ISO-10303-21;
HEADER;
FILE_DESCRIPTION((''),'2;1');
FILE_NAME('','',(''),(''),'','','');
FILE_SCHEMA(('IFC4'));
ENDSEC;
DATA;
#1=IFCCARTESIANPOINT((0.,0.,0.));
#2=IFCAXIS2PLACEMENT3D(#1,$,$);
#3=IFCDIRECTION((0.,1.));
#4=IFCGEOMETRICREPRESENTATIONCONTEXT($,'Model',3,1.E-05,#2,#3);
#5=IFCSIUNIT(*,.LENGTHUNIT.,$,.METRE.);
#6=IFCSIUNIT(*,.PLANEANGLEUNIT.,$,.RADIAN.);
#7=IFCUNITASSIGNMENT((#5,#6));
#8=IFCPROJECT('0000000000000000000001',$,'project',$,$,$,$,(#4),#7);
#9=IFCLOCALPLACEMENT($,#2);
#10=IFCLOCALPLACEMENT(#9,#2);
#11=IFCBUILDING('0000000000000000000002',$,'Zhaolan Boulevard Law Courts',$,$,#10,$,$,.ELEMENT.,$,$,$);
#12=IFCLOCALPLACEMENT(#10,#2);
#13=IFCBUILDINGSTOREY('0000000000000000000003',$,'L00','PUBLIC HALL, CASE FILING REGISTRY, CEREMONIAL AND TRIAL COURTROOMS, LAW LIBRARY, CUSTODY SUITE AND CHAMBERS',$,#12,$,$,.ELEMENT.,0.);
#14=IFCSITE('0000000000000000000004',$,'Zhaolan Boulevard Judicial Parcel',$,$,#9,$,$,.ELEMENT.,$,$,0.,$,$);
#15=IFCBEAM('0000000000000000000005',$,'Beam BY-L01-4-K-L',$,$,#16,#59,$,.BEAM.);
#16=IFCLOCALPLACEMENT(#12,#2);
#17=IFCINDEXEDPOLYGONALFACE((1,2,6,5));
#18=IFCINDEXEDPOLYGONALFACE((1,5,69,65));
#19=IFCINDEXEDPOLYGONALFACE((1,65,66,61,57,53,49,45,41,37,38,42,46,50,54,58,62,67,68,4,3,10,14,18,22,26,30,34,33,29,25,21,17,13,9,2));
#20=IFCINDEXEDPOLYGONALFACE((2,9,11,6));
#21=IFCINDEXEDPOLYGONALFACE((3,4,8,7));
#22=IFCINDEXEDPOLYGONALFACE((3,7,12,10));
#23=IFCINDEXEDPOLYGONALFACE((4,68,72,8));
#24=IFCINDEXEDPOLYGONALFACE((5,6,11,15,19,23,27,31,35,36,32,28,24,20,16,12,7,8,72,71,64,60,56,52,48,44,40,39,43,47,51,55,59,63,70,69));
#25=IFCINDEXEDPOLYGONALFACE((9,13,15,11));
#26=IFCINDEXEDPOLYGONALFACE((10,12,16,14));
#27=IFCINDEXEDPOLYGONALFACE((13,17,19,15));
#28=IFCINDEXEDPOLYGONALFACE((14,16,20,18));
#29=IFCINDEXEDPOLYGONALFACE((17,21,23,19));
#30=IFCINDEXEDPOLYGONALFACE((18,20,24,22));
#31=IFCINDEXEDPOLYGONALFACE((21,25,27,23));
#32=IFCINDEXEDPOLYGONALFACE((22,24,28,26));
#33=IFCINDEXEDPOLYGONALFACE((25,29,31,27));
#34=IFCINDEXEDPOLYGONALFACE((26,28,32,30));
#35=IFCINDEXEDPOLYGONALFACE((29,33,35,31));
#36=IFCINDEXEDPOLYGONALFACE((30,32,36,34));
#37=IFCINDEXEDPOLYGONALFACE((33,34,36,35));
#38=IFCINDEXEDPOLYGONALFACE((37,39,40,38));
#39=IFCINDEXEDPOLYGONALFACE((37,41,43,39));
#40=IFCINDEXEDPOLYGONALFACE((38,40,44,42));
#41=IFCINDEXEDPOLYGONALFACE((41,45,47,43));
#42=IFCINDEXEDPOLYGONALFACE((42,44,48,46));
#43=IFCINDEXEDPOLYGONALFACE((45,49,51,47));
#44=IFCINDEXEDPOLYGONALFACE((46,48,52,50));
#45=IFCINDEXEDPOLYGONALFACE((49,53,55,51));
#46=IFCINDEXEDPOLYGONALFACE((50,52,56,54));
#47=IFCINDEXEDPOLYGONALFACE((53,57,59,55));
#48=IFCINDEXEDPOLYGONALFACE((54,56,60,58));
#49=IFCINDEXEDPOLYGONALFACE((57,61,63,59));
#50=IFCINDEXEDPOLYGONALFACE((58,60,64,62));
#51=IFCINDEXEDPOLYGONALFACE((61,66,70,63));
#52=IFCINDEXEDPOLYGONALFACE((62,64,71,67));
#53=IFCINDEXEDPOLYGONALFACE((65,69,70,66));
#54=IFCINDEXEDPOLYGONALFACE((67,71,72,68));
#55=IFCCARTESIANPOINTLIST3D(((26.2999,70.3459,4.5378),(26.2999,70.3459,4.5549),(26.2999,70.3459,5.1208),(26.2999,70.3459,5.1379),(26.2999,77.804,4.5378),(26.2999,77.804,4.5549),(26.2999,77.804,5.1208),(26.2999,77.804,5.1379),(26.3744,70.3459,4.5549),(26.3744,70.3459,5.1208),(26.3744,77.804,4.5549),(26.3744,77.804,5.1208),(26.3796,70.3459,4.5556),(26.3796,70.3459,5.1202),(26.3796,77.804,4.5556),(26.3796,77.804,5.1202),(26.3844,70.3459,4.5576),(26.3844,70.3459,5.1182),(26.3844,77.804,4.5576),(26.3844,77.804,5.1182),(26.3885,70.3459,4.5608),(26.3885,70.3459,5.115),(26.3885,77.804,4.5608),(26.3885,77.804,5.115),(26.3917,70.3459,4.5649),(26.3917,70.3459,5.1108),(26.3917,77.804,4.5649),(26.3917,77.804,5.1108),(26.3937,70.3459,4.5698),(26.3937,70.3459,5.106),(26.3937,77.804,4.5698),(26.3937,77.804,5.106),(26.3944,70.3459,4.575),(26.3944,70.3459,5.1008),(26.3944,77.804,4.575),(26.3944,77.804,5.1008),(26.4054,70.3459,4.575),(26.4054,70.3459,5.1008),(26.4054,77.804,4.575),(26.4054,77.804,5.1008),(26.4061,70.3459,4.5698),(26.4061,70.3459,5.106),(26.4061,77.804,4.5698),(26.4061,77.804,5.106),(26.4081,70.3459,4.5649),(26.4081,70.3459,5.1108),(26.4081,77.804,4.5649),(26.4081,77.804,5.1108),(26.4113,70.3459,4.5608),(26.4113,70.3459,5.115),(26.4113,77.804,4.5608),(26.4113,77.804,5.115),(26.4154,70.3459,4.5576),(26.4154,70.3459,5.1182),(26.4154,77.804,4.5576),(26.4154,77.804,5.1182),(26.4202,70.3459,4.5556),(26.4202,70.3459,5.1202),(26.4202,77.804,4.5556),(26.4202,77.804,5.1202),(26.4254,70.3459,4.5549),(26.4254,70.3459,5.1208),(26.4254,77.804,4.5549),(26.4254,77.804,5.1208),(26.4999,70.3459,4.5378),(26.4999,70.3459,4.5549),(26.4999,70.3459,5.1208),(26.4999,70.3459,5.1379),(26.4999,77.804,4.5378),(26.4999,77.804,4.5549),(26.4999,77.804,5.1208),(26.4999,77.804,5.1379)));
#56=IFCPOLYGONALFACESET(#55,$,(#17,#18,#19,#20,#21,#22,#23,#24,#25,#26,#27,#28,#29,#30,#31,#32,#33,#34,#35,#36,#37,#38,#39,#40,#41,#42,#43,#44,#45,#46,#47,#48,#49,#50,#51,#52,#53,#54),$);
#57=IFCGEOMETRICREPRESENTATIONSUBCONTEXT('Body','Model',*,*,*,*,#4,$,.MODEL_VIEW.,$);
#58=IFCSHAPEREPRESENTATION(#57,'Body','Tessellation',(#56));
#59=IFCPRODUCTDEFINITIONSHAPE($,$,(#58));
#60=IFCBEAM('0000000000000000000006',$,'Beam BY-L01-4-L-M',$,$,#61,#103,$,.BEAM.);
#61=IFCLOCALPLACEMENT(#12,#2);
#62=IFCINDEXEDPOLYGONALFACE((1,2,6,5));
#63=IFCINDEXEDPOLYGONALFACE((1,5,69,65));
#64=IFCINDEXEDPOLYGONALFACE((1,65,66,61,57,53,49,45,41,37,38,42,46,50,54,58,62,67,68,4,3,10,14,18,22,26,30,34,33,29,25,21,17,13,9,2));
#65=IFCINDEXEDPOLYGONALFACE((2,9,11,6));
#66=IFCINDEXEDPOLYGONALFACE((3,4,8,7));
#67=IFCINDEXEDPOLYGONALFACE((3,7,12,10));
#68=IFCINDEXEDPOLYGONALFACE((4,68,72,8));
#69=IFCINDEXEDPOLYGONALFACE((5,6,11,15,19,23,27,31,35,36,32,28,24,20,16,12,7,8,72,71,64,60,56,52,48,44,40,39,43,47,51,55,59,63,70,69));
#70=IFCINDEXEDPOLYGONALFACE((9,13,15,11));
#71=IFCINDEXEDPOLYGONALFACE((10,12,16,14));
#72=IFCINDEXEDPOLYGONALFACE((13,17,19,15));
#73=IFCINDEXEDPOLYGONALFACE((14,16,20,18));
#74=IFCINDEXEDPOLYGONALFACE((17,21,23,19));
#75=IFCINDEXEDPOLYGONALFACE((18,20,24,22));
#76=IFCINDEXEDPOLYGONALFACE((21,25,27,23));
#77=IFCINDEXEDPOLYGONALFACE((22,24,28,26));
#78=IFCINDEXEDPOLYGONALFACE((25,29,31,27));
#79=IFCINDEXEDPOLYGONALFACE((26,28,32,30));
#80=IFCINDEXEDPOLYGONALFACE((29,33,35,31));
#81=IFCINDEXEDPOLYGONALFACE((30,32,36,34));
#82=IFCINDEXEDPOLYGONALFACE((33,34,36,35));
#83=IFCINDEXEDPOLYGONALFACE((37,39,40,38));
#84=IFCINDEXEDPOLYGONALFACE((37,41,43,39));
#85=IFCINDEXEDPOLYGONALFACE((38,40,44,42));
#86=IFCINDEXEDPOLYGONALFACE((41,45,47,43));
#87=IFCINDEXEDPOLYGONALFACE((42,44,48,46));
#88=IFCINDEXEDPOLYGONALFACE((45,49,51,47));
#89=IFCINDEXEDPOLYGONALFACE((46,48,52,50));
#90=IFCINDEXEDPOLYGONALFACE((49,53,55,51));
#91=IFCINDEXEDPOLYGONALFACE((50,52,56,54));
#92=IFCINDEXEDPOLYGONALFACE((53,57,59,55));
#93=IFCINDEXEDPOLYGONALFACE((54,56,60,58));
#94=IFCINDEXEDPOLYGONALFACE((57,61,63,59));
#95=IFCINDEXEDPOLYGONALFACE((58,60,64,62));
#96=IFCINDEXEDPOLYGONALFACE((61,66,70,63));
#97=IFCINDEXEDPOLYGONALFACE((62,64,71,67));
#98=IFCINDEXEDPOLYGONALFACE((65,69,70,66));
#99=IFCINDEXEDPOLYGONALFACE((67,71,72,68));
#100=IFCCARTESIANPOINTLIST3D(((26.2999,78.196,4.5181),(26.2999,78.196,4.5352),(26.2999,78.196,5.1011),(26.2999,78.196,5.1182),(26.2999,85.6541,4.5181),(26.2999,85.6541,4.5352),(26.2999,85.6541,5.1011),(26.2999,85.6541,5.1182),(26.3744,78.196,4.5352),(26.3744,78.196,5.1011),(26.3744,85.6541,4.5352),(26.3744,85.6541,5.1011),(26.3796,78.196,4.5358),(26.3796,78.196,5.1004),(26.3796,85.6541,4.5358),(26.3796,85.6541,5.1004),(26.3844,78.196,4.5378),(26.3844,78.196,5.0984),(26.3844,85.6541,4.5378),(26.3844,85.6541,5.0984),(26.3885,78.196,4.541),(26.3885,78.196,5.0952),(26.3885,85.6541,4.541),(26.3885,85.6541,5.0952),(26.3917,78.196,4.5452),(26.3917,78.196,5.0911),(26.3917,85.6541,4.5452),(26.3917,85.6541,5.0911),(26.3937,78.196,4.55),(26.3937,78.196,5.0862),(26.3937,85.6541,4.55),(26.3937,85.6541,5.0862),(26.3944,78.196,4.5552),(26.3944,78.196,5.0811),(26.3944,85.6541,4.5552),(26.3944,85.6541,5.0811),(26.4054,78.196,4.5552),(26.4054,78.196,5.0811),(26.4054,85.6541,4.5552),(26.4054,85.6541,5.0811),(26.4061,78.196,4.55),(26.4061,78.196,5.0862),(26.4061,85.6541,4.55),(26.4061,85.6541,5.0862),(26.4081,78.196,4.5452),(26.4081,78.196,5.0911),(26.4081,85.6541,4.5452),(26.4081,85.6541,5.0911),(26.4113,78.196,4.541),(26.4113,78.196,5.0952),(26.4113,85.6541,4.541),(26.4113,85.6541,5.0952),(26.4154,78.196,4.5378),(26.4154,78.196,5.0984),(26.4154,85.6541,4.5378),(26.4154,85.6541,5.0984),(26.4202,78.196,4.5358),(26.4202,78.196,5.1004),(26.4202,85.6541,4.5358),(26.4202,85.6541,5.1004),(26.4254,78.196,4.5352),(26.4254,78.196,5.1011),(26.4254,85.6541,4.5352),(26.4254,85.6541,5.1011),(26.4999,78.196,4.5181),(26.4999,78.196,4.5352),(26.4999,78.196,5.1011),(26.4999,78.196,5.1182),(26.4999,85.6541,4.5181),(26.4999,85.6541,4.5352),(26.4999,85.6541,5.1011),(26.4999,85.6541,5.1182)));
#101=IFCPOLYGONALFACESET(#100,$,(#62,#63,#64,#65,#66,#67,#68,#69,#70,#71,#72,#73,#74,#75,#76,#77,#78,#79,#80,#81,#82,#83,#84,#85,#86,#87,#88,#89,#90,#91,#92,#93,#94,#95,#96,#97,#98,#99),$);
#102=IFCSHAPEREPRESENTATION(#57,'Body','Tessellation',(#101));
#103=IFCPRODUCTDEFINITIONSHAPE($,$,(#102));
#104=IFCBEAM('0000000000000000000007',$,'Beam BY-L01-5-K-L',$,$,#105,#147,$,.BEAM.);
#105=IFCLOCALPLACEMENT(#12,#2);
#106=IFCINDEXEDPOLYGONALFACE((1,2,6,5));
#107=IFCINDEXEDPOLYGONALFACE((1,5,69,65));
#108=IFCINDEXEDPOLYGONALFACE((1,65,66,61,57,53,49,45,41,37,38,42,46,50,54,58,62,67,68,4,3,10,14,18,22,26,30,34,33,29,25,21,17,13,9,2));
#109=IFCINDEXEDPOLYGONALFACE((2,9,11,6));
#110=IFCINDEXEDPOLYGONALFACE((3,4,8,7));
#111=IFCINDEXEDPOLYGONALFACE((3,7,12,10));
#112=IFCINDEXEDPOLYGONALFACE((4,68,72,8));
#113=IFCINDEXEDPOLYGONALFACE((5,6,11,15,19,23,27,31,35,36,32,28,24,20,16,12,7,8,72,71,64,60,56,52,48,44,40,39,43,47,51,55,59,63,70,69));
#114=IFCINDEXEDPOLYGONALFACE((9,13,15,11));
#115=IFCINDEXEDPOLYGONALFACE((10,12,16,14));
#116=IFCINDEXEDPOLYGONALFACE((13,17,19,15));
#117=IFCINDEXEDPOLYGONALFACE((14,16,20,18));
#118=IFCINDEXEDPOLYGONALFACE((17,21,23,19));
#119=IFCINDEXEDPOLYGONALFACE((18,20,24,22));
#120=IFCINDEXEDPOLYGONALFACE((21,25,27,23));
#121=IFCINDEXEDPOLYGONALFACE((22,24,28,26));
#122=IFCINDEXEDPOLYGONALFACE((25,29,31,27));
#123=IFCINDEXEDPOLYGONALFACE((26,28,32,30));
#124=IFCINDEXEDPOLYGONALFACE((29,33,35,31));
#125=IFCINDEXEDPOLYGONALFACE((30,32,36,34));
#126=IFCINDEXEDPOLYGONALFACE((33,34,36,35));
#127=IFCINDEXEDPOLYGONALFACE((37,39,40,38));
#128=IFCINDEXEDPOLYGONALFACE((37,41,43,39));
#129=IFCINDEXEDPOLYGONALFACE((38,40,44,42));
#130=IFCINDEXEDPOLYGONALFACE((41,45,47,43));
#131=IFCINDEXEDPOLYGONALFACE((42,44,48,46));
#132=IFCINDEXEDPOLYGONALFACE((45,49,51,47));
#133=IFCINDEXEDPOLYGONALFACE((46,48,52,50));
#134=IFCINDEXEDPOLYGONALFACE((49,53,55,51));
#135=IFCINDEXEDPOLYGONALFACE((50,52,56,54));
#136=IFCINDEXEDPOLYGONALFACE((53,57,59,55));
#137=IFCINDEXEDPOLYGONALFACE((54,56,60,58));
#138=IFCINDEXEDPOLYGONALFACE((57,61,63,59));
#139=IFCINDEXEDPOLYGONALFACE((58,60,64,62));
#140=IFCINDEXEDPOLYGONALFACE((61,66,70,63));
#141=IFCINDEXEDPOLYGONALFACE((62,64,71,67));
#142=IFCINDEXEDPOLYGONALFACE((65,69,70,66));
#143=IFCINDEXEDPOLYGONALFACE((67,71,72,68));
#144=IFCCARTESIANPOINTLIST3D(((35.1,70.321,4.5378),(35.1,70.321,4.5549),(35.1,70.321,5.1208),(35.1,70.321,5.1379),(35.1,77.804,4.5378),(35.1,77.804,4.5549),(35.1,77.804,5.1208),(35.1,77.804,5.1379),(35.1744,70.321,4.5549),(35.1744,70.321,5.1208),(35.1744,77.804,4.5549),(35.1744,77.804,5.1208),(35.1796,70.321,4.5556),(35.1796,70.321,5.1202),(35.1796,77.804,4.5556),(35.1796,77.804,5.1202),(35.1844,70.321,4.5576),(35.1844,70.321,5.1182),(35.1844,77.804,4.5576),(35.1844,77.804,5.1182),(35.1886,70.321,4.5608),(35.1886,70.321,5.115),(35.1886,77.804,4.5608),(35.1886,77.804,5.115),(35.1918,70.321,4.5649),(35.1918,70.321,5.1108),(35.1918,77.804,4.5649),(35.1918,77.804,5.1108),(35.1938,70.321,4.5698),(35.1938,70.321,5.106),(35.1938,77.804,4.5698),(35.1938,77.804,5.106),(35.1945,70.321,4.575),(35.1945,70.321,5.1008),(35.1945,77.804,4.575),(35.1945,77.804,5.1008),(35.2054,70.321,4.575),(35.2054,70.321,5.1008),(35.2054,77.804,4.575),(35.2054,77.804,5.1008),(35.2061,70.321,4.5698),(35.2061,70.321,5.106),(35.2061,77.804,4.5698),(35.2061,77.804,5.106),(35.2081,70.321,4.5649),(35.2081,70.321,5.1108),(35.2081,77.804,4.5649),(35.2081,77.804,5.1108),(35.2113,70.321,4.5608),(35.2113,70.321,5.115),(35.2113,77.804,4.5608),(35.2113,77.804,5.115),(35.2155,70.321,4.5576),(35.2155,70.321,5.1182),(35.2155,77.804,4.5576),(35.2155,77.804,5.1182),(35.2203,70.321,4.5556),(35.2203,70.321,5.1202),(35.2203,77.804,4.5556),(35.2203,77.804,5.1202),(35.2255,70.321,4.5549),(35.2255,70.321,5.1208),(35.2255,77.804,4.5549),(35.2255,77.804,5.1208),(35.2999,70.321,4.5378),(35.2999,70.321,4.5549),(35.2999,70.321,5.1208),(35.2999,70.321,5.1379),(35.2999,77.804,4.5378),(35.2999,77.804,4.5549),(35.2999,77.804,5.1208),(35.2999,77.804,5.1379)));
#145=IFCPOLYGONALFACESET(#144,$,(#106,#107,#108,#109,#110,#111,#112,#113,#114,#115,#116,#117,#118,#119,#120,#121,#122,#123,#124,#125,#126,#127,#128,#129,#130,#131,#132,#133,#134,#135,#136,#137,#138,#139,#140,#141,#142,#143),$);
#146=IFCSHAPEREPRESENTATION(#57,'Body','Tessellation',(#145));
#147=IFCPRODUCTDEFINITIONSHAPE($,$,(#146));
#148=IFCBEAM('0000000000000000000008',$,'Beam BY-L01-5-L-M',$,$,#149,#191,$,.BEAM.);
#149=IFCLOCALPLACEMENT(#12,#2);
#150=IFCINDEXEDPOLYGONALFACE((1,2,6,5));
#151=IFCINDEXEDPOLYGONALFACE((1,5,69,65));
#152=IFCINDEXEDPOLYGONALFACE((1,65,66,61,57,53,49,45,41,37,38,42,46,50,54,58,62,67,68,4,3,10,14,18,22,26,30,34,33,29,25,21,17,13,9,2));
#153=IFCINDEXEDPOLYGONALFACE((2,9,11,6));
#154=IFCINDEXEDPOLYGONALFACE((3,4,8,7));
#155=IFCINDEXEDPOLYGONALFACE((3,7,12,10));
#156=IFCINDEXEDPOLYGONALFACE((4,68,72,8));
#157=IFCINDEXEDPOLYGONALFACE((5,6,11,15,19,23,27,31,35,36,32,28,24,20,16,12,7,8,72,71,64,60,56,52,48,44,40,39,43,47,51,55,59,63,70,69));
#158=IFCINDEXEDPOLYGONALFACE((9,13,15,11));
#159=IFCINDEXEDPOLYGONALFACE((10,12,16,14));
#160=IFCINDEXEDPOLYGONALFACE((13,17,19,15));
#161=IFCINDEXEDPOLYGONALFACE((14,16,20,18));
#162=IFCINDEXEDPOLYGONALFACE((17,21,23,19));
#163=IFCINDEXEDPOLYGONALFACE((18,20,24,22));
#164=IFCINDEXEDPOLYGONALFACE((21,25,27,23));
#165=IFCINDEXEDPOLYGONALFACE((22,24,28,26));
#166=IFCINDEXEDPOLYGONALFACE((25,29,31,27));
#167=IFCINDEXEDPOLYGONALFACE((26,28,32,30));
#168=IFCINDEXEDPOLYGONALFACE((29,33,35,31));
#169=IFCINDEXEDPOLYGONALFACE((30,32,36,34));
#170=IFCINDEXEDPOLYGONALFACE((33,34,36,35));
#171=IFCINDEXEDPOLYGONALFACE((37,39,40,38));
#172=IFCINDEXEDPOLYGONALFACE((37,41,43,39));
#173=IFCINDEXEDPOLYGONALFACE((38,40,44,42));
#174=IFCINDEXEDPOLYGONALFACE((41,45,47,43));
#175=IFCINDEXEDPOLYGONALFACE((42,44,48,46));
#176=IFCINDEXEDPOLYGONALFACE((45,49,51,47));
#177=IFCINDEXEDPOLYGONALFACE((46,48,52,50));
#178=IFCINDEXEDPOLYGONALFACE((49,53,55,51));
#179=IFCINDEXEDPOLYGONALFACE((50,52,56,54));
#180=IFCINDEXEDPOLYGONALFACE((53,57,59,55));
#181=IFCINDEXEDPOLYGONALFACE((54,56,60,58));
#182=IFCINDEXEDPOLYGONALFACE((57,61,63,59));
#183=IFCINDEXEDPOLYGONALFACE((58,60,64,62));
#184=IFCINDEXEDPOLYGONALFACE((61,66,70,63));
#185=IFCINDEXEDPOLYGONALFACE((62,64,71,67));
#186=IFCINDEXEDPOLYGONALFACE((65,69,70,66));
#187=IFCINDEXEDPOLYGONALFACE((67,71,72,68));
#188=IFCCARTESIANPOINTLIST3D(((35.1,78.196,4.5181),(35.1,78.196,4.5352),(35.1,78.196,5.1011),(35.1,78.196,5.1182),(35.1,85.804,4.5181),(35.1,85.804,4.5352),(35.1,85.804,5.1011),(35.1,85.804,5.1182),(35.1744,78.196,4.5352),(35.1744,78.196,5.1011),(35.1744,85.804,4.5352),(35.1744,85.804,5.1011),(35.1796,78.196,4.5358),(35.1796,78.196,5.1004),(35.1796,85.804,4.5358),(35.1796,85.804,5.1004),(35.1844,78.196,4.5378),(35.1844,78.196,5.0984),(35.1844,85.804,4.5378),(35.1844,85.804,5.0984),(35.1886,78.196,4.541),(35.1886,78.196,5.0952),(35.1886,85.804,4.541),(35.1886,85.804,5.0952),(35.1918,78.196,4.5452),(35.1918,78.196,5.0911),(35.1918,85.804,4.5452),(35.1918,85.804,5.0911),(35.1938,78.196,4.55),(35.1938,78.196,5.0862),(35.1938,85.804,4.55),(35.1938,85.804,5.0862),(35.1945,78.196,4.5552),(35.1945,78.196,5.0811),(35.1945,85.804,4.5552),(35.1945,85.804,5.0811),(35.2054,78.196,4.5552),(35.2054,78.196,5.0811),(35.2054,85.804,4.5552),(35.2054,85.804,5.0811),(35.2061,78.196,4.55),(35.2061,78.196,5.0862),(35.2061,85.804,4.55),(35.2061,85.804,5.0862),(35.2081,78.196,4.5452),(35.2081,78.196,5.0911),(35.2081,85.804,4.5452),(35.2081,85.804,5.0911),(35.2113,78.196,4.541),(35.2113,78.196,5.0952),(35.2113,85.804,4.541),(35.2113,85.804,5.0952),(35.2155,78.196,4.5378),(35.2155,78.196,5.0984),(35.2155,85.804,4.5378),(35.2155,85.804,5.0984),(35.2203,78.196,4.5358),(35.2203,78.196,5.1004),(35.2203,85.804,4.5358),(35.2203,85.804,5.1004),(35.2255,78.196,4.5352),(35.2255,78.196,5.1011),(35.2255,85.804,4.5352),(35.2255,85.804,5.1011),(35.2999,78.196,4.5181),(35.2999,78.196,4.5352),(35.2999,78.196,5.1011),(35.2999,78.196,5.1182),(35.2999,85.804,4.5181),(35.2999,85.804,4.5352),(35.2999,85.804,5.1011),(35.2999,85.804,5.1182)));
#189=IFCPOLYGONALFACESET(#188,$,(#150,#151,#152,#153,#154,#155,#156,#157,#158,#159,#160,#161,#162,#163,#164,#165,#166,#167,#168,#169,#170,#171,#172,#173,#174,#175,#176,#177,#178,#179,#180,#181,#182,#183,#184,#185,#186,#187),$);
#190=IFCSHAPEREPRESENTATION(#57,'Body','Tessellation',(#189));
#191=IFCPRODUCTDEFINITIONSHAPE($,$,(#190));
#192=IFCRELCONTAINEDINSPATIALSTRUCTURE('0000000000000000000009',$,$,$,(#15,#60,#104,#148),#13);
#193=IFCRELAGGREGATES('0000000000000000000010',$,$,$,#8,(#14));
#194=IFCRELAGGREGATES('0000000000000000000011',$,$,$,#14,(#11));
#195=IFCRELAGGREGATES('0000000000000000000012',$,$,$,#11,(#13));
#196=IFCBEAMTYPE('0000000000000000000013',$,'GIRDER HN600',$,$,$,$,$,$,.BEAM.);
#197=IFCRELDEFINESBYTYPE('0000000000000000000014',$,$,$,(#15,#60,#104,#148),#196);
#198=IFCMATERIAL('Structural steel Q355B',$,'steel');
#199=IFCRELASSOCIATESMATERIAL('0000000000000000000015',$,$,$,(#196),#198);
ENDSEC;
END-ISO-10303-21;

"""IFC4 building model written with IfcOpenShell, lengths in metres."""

from ifc_helpers import new_model, si_unit, direction, frame, origin, origin_2d, place, context, subcontext, project, spatial, i_section, extrude, material, material_profile, profile_set, type_object, element, save


model = new_model("IFC4")

# Units and contexts
model_context = context("Model", 3, precision=1e-05, world=origin(), true_north=direction((0.0, 1.0)))
body_context = subcontext(model_context, "Body", "Model", "MODEL_VIEW")
ifc_project = project(units=[si_unit("LENGTHUNIT", "METRE"), si_unit("PLANEANGLEUNIT", "RADIAN")], contexts=[model_context])

# Site, building, storey
site_placement = place(None, origin())
site = spatial("IfcSite", under=ifc_project, at=site_placement, Name="Zhaolan Boulevard Judicial Parcel", CompositionType="ELEMENT", RefElevation=0.0)
building_placement = place(site_placement, origin())
building = spatial("IfcBuilding", under=site, at=building_placement, Name="Zhaolan Boulevard Law Courts", CompositionType="ELEMENT")
storey_placement = place(building_placement, origin())
storey = spatial("IfcBuildingStorey", under=building, at=storey_placement, Name="L00", Description="PUBLIC HALL, CASE FILING REGISTRY, CEREMONIAL AND TRIAL COURTROOMS, LAW LIBRARY, CUSTODY SUITE AND CHAMBERS", CompositionType="ELEMENT", Elevation=0.0)

# Beams
ifc_material_1 = material(Name="Structural steel Q355B", Category="steel")
ifc_material_profile_1 = material_profile(ifc_material_1, i_section(OverallWidth=0.2, OverallDepth=0.6001, WebThickness=0.011, FlangeThickness=0.0171, FilletRadius=0.02, at=origin_2d()), Name="HN600x200")
ifc_profile_set_1 = profile_set([ifc_material_profile_1], Name="Structural steel Q355B")
beam_type_1 = type_object("IfcBeamType", Name="GIRDER HN600", PredefinedType="BEAM", material=ifc_profile_set_1)
for number, where, z_axis, x_axis, name in (
    (1, (26.3999, 70.3459, 4.8379), (0.0, 1.0, 0.0), (-1.0, 0.0, 0.0), "Beam BY-L01-4-K-L"),
    (2, (26.3999, 78.196, 4.8181), (0.0, 1.0, 0.0), (-1.0, 0.0, 0.0), "Beam BY-L01-4-L-M"),
):
    element("IfcBeam", number, at=place(storey_placement, frame(where, z_axis=z_axis, x_axis=x_axis)), inside=storey, type_object=beam_type_1, Name=name, PredefinedType="BEAM", context=body_context, shape_type="SweptSolid", body=[
        extrude(i_section(OverallWidth=0.2, OverallDepth=0.6001, WebThickness=0.011, FlangeThickness=0.0171, FilletRadius=0.02, at=origin_2d()), origin(), (0.0, 0.0, 1.0), 7.458),
    ])
beam_1_placement = place(storey_placement, frame((35.2, 70.321, 4.8379), z_axis=(0.0, 1.0, 0.0), x_axis=(-1.0, 0.0, 0.0)))
element("IfcBeam", 3, at=beam_1_placement, inside=storey, type_object=beam_type_1, Name="Beam BY-L01-5-K-L", PredefinedType="BEAM", context=body_context, shape_type="SweptSolid", body=[
    extrude(i_section(OverallWidth=0.2, OverallDepth=0.6001, WebThickness=0.011, FlangeThickness=0.0171, FilletRadius=0.02, at=origin_2d()), origin(), (0.0, 0.0, 1.0), 7.4829),
])
beam_2_placement = place(storey_placement, frame((35.2, 78.196, 4.8181), z_axis=(0.0, 1.0, 0.0), x_axis=(-1.0, 0.0, 0.0)))
element("IfcBeam", 4, at=beam_2_placement, inside=storey, type_object=beam_type_1, Name="Beam BY-L01-5-L-M", PredefinedType="BEAM", context=body_context, shape_type="SweptSolid", body=[
    extrude(i_section(OverallWidth=0.2, OverallDepth=0.6001, WebThickness=0.011, FlangeThickness=0.0171, FilletRadius=0.02, at=origin_2d()), origin(), (0.0, 0.0, 1.0), 7.6079),
])

save(model, "model.ifc")
